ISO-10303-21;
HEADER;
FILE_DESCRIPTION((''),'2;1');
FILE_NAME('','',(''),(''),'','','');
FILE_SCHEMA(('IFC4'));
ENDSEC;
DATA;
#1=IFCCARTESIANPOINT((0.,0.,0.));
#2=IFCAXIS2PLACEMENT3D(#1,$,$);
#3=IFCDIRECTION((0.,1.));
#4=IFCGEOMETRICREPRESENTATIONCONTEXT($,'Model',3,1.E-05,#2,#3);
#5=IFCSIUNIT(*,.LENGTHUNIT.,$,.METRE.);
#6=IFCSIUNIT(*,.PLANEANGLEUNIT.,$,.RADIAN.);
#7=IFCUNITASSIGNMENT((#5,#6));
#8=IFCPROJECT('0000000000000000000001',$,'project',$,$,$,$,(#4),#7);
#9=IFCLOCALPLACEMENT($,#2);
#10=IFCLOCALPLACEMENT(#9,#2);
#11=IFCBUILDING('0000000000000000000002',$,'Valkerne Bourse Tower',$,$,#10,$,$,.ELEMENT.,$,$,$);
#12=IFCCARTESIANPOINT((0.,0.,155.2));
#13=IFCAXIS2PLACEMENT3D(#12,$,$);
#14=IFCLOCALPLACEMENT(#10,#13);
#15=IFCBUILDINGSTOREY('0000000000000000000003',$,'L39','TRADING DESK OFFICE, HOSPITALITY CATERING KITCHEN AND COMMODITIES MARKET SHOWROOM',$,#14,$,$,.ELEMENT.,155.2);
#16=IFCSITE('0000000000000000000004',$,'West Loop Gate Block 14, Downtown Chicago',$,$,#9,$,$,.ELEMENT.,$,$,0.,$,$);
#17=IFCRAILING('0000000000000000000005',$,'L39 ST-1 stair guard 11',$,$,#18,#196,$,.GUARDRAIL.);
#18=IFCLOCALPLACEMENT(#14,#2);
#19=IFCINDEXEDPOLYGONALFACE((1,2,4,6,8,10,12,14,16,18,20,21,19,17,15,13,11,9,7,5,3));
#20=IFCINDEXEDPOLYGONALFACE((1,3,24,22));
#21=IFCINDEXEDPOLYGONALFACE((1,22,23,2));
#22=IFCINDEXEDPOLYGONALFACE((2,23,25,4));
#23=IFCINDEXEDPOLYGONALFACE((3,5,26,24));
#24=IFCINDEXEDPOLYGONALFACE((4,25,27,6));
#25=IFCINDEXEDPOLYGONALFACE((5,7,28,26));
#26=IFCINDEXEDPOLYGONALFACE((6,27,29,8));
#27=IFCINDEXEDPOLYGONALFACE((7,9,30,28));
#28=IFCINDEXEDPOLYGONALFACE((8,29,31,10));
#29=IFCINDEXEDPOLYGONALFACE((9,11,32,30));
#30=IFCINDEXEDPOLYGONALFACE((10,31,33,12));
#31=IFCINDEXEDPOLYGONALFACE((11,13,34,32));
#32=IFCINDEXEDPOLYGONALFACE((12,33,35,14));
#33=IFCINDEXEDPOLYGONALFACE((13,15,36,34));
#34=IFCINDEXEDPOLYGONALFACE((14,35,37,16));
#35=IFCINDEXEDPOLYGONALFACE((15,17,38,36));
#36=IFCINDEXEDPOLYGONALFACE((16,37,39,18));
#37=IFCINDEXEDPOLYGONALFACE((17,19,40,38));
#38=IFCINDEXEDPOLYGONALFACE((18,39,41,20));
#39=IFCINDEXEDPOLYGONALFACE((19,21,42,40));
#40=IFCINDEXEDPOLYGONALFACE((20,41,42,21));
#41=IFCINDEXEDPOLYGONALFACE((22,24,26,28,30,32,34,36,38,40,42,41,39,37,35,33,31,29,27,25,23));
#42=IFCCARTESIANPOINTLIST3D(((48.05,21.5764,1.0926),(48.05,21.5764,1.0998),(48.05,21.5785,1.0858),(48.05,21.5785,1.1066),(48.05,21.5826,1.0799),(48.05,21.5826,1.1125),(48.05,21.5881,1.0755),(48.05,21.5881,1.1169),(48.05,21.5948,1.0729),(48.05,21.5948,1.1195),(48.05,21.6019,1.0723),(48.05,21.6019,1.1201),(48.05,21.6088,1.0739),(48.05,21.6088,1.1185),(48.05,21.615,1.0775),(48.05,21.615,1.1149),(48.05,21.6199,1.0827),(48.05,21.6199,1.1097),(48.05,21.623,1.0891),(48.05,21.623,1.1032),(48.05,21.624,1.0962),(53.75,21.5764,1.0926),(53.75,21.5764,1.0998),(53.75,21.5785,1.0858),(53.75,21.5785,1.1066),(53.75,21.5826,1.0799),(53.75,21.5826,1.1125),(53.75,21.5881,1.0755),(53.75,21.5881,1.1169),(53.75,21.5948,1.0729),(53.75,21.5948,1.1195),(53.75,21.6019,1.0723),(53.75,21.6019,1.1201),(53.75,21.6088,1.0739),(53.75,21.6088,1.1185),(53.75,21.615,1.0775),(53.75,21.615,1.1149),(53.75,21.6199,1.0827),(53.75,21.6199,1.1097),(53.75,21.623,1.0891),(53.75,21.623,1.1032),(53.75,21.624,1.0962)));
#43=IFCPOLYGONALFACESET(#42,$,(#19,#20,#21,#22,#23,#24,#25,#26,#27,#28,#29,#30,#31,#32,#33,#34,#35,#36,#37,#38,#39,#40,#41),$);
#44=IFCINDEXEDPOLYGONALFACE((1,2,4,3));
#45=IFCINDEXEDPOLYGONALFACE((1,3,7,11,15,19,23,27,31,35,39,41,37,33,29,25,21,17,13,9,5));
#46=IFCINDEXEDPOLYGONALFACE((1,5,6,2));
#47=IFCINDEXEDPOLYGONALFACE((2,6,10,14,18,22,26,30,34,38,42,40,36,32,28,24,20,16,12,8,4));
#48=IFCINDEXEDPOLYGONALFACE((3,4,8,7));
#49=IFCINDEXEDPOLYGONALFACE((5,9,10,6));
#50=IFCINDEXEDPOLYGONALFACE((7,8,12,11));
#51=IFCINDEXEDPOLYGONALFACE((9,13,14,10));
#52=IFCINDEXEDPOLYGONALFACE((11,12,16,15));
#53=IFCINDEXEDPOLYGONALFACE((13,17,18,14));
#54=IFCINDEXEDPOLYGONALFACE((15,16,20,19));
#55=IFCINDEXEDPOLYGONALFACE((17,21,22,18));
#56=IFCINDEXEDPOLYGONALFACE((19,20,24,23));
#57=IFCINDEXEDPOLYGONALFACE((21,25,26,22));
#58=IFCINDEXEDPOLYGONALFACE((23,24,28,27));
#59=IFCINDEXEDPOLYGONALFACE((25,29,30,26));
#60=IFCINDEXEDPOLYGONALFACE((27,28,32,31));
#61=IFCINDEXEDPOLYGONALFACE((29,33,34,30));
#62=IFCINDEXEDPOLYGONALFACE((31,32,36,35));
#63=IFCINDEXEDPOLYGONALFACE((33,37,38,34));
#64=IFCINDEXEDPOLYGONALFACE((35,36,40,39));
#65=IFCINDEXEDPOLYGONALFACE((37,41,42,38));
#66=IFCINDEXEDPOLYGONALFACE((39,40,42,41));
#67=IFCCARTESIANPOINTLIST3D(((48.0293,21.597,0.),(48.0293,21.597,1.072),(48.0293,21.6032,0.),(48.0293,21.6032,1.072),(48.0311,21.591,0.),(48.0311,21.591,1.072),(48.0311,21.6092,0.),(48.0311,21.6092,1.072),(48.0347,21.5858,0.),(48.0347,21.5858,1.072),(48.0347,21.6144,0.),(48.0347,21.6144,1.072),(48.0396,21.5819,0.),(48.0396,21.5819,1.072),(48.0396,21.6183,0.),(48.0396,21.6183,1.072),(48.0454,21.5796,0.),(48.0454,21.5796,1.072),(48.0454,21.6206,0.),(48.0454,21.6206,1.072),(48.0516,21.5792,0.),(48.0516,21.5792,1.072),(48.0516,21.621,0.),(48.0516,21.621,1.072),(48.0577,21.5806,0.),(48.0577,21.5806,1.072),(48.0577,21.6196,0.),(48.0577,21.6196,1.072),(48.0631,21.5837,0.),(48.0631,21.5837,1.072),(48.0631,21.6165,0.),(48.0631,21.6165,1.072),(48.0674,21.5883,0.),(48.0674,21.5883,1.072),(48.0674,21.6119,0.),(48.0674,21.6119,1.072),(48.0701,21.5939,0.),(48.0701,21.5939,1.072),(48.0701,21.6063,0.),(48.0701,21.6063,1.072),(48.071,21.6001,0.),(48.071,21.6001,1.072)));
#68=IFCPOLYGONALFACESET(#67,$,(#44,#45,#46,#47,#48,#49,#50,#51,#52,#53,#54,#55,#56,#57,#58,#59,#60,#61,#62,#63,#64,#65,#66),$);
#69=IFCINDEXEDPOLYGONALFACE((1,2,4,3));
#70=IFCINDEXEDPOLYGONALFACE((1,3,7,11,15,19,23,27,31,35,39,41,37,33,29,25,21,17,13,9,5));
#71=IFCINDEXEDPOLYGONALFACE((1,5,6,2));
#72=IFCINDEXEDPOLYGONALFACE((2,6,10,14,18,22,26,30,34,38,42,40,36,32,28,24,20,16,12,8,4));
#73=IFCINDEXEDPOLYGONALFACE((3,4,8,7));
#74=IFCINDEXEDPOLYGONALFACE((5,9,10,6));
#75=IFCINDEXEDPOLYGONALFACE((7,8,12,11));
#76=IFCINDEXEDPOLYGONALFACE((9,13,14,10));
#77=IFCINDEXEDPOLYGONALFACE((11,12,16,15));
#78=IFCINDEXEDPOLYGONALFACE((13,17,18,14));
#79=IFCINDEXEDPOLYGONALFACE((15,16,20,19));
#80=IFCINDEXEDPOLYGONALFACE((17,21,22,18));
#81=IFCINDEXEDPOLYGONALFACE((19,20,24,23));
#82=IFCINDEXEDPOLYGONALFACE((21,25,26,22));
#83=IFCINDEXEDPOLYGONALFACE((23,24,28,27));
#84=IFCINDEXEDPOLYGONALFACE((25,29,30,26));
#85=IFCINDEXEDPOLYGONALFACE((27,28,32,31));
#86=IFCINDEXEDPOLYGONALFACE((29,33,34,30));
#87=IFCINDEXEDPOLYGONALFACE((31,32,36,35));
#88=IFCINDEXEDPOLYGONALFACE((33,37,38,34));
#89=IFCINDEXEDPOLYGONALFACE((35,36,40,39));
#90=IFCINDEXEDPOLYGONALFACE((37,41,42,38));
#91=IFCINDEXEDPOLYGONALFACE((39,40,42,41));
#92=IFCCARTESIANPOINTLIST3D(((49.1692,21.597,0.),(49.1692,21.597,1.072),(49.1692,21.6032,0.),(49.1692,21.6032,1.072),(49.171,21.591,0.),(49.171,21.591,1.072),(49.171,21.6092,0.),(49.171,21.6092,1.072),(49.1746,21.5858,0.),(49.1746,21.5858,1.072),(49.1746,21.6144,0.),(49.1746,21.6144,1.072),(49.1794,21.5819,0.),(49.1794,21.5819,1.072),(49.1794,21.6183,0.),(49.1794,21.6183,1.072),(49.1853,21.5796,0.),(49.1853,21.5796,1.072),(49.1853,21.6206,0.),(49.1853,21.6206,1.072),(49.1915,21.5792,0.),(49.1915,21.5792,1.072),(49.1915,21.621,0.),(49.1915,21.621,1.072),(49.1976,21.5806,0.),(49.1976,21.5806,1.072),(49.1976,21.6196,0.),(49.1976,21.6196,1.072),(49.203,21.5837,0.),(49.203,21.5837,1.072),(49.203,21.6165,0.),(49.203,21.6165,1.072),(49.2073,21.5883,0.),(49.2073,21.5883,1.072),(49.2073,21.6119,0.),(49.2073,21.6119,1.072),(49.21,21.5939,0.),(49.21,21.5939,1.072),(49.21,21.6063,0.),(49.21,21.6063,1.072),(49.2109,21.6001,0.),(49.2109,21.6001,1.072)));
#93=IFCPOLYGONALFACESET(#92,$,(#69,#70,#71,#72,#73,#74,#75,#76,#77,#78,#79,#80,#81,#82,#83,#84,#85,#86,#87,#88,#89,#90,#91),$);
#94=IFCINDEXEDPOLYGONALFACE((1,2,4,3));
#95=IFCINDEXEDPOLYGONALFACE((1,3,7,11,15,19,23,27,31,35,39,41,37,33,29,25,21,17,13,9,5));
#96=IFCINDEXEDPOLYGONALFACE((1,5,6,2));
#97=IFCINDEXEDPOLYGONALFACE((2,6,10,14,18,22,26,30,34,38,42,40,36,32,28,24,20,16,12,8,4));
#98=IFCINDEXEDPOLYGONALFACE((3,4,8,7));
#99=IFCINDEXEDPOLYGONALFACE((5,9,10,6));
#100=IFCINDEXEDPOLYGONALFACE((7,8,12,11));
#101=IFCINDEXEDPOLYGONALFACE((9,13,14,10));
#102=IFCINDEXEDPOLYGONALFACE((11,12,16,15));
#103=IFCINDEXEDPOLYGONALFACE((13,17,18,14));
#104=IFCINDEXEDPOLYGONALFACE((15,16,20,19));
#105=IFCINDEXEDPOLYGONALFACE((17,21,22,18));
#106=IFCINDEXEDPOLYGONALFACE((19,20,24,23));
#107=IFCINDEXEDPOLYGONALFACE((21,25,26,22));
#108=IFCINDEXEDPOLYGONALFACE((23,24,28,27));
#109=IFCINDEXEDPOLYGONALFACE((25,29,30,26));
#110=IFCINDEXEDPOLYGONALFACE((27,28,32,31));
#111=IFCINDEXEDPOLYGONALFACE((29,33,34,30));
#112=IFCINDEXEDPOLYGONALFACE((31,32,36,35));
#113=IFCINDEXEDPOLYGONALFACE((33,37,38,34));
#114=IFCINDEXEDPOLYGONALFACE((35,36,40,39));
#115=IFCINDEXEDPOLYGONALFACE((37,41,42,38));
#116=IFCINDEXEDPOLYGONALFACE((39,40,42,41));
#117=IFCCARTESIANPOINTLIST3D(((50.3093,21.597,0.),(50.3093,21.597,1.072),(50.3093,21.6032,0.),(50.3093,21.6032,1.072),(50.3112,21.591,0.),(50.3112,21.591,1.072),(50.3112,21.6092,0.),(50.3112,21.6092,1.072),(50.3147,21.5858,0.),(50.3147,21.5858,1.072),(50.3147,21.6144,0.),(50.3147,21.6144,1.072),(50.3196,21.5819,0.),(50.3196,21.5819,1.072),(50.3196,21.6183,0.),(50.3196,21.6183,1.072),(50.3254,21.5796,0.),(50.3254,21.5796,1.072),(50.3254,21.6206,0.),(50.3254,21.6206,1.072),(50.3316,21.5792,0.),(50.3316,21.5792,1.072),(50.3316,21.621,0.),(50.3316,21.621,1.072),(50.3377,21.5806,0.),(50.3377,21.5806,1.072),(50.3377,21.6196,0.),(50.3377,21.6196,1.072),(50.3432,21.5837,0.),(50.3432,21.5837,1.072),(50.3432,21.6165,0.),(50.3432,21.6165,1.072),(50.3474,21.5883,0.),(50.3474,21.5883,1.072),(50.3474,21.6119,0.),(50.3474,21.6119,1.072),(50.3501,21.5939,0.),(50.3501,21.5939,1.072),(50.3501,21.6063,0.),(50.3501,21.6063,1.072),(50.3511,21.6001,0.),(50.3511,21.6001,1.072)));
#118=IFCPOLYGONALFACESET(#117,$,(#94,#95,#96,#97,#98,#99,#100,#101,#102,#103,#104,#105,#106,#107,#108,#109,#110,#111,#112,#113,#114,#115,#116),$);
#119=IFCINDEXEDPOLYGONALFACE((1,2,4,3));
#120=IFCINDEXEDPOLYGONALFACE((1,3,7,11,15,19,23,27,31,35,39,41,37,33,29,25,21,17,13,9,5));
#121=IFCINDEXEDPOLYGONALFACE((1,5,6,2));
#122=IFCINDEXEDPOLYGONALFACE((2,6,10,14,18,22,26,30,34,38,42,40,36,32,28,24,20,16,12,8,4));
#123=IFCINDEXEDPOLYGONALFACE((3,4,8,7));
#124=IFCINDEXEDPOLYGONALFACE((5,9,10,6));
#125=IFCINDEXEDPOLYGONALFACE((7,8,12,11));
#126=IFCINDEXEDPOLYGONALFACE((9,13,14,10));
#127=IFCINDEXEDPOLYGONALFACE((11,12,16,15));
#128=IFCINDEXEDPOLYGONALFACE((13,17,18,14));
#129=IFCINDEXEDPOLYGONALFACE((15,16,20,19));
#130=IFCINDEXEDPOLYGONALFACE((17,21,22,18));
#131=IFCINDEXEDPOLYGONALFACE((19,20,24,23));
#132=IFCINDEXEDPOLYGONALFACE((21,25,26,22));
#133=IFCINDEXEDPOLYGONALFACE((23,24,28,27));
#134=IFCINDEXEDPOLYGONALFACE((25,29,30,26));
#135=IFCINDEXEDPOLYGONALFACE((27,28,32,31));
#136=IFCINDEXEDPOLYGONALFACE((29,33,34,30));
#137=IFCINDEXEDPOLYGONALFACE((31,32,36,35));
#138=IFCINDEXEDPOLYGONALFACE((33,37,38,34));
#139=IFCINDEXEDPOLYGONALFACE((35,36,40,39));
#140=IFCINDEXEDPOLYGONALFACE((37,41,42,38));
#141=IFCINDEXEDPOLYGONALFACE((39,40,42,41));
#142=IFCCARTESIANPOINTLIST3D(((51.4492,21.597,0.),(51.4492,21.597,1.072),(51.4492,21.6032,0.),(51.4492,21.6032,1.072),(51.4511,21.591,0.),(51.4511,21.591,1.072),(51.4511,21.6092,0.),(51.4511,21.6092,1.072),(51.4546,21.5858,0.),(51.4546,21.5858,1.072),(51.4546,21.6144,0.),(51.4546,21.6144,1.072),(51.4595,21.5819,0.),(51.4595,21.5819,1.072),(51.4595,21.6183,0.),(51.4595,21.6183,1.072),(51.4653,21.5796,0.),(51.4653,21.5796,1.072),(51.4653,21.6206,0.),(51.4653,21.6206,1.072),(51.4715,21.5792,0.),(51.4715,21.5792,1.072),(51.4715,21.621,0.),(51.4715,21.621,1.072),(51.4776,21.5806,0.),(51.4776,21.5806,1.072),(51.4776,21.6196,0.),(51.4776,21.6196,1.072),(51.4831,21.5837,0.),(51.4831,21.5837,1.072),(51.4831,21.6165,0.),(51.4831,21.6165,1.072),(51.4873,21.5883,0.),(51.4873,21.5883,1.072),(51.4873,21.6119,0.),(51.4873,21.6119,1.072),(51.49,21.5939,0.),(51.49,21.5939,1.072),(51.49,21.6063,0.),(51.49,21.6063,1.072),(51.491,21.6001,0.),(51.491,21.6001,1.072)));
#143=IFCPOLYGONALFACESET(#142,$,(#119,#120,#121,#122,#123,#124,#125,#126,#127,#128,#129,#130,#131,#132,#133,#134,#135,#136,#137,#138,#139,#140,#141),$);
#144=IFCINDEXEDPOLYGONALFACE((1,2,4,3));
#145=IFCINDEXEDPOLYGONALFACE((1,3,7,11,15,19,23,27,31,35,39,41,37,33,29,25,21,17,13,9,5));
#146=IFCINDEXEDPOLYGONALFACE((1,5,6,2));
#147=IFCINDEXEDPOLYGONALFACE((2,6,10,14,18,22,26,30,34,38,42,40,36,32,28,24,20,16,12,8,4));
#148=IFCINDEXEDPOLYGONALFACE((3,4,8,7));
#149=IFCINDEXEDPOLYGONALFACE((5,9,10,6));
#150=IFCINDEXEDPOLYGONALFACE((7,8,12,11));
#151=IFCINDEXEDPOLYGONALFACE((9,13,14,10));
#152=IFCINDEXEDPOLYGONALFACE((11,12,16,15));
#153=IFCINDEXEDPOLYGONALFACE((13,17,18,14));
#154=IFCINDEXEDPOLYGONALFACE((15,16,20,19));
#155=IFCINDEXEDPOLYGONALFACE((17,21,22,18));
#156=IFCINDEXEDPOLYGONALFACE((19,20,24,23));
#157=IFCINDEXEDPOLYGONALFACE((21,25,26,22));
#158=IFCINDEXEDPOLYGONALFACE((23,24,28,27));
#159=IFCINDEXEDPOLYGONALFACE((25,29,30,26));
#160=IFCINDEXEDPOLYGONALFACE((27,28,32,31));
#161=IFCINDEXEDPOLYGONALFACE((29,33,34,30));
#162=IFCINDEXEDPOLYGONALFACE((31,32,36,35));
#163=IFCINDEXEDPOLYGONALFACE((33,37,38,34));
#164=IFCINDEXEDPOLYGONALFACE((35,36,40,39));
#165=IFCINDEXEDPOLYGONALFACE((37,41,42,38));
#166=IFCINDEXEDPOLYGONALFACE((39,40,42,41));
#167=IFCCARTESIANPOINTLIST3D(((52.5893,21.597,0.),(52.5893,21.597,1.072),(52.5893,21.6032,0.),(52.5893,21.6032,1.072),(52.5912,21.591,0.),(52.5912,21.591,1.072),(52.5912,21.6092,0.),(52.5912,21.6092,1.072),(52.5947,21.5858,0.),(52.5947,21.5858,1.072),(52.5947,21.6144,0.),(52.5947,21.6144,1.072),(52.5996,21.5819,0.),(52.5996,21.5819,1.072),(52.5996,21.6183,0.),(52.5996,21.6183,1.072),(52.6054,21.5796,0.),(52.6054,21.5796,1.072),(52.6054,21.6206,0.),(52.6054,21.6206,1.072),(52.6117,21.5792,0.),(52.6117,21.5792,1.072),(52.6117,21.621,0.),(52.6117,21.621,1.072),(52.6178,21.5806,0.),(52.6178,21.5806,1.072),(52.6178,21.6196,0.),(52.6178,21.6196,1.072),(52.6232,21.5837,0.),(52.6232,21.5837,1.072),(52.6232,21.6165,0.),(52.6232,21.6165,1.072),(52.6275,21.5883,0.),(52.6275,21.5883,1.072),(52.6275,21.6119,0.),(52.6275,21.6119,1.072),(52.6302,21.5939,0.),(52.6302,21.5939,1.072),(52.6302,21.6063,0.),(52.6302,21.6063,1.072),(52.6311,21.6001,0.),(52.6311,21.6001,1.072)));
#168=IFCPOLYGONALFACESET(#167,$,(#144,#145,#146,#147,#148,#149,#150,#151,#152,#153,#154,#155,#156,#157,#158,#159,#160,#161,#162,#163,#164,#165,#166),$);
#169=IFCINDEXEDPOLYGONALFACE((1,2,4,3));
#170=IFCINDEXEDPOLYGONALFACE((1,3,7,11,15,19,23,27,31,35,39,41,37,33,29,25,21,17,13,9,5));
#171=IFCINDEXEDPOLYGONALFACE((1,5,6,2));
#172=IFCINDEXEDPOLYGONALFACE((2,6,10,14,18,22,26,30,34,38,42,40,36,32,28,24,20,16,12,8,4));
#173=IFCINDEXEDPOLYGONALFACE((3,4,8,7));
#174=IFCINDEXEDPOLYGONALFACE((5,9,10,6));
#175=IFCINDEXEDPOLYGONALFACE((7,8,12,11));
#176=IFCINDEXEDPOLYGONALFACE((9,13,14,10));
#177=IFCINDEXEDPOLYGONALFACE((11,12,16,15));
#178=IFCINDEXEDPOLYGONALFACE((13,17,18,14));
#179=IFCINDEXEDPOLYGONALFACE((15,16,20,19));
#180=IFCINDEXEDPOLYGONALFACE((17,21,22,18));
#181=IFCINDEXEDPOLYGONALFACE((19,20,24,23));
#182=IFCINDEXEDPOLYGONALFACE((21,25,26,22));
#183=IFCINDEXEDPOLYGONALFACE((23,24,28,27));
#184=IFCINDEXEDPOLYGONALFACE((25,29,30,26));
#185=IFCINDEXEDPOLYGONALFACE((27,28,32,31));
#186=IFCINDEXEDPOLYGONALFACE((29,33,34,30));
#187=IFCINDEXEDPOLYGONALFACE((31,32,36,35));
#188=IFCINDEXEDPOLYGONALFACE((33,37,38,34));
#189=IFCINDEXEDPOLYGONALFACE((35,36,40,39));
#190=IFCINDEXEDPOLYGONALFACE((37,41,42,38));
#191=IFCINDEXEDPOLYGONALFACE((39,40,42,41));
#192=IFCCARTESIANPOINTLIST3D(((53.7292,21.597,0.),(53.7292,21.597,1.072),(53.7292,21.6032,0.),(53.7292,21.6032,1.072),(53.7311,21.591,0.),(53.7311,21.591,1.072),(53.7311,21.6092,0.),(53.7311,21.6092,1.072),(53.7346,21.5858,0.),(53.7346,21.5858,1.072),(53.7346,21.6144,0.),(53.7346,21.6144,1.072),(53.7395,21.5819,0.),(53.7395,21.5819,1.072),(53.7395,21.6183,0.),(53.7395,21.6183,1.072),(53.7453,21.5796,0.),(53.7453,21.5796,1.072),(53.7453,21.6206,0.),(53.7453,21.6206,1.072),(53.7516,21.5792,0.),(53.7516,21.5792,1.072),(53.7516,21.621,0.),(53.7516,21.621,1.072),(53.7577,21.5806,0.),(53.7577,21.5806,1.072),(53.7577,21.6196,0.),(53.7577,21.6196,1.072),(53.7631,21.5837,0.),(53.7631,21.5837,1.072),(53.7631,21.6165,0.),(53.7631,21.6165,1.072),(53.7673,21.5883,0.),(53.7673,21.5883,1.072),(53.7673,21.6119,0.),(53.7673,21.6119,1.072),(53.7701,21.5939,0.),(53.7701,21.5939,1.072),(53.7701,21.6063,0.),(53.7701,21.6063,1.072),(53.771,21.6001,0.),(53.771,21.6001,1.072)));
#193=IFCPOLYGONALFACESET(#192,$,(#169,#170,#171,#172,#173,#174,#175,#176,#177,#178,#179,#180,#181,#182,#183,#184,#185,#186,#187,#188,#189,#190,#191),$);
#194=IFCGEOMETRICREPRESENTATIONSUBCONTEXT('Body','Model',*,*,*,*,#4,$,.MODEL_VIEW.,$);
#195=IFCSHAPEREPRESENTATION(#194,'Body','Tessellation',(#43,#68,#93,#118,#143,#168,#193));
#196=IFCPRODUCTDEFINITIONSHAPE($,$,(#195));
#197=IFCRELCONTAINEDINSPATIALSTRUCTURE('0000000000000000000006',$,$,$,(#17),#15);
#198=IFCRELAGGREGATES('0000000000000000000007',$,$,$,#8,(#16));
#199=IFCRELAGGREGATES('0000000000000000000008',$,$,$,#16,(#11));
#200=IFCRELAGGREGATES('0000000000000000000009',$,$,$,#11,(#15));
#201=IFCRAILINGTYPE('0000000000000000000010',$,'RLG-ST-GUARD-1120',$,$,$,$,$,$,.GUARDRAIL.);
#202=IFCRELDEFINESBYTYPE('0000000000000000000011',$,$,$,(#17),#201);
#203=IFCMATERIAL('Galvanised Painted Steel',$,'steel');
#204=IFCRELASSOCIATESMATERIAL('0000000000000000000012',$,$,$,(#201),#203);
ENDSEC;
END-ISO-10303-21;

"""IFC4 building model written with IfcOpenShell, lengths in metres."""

from ifc_helpers import new_model, si_unit, direction, frame, origin, origin_2d, place, context, subcontext, project, spatial, circle, extrude, material, type_object, element, save


model = new_model("IFC4")

# Units and contexts
model_context = context("Model", 3, precision=1e-05, world=origin(), true_north=direction((0.0, 1.0)))
body_context = subcontext(model_context, "Body", "Model", "MODEL_VIEW")
ifc_project = project(units=[si_unit("LENGTHUNIT", "METRE"), si_unit("PLANEANGLEUNIT", "RADIAN")], contexts=[model_context])

# Site, building, storey
site_placement = place(None, origin())
site = spatial("IfcSite", under=ifc_project, at=site_placement, Name="West Loop Gate Block 14, Downtown Chicago", CompositionType="ELEMENT", RefElevation=0.0)
building_placement = place(site_placement, origin())
building = spatial("IfcBuilding", under=site, at=building_placement, Name="Valkerne Bourse Tower", CompositionType="ELEMENT")
storey_placement = place(building_placement, frame((0.0, 0.0, 155.2)))
storey = spatial("IfcBuildingStorey", under=building, at=storey_placement, Name="L39", Description="TRADING DESK OFFICE, HOSPITALITY CATERING KITCHEN AND COMMODITIES MARKET SHOWROOM", CompositionType="ELEMENT", Elevation=155.2)

# Shared definitions
ifc_material_1 = material(Name="Galvanised Painted Steel", Category="steel")

# Railing
railing_type_1 = type_object("IfcRailingType", Name="RLG-ST-GUARD-1120", PredefinedType="GUARDRAIL", material=ifc_material_1)
for number, where, name in (
    (1, (48.05, 21.6001, 0.0), "L39 ST-1 stair guard 11"),
):
    element("IfcRailing", number, at=place(storey_placement, frame(where)), inside=storey, type_object=railing_type_1, Name=name, PredefinedType="GUARDRAIL", context=body_context, shape_type="SweptSolid", body=[
        extrude(circle(Radius=0.0239, at=origin_2d()), frame((0.0, 0.0, 1.0962), z_axis=(1.0, 0.0, 0.0), x_axis=(0.0, 1.0, 0.0)), (0.0, 0.0, 1.0), 5.7),
        extrude(circle(Radius=0.021, at=origin_2d()), origin(), (0.0, 0.0, 1.0), 1.072),
        extrude(circle(Radius=0.021, at=origin_2d()), frame((1.1399, 0.0, 0.0)), (0.0, 0.0, 1.0), 1.072),
        extrude(circle(Radius=0.021, at=origin_2d()), frame((2.28, 0.0, 0.0)), (0.0, 0.0, 1.0), 1.072),
        extrude(circle(Radius=0.021, at=origin_2d()), frame((3.4199, 0.0, 0.0)), (0.0, 0.0, 1.0), 1.072),
        extrude(circle(Radius=0.021, at=origin_2d()), frame((4.5601, 0.0, 0.0)), (0.0, 0.0, 1.0), 1.072),
        extrude(circle(Radius=0.021, at=origin_2d()), frame((5.7, 0.0, 0.0)), (0.0, 0.0, 1.0), 1.072),
    ])

save(model, "model.ifc")
